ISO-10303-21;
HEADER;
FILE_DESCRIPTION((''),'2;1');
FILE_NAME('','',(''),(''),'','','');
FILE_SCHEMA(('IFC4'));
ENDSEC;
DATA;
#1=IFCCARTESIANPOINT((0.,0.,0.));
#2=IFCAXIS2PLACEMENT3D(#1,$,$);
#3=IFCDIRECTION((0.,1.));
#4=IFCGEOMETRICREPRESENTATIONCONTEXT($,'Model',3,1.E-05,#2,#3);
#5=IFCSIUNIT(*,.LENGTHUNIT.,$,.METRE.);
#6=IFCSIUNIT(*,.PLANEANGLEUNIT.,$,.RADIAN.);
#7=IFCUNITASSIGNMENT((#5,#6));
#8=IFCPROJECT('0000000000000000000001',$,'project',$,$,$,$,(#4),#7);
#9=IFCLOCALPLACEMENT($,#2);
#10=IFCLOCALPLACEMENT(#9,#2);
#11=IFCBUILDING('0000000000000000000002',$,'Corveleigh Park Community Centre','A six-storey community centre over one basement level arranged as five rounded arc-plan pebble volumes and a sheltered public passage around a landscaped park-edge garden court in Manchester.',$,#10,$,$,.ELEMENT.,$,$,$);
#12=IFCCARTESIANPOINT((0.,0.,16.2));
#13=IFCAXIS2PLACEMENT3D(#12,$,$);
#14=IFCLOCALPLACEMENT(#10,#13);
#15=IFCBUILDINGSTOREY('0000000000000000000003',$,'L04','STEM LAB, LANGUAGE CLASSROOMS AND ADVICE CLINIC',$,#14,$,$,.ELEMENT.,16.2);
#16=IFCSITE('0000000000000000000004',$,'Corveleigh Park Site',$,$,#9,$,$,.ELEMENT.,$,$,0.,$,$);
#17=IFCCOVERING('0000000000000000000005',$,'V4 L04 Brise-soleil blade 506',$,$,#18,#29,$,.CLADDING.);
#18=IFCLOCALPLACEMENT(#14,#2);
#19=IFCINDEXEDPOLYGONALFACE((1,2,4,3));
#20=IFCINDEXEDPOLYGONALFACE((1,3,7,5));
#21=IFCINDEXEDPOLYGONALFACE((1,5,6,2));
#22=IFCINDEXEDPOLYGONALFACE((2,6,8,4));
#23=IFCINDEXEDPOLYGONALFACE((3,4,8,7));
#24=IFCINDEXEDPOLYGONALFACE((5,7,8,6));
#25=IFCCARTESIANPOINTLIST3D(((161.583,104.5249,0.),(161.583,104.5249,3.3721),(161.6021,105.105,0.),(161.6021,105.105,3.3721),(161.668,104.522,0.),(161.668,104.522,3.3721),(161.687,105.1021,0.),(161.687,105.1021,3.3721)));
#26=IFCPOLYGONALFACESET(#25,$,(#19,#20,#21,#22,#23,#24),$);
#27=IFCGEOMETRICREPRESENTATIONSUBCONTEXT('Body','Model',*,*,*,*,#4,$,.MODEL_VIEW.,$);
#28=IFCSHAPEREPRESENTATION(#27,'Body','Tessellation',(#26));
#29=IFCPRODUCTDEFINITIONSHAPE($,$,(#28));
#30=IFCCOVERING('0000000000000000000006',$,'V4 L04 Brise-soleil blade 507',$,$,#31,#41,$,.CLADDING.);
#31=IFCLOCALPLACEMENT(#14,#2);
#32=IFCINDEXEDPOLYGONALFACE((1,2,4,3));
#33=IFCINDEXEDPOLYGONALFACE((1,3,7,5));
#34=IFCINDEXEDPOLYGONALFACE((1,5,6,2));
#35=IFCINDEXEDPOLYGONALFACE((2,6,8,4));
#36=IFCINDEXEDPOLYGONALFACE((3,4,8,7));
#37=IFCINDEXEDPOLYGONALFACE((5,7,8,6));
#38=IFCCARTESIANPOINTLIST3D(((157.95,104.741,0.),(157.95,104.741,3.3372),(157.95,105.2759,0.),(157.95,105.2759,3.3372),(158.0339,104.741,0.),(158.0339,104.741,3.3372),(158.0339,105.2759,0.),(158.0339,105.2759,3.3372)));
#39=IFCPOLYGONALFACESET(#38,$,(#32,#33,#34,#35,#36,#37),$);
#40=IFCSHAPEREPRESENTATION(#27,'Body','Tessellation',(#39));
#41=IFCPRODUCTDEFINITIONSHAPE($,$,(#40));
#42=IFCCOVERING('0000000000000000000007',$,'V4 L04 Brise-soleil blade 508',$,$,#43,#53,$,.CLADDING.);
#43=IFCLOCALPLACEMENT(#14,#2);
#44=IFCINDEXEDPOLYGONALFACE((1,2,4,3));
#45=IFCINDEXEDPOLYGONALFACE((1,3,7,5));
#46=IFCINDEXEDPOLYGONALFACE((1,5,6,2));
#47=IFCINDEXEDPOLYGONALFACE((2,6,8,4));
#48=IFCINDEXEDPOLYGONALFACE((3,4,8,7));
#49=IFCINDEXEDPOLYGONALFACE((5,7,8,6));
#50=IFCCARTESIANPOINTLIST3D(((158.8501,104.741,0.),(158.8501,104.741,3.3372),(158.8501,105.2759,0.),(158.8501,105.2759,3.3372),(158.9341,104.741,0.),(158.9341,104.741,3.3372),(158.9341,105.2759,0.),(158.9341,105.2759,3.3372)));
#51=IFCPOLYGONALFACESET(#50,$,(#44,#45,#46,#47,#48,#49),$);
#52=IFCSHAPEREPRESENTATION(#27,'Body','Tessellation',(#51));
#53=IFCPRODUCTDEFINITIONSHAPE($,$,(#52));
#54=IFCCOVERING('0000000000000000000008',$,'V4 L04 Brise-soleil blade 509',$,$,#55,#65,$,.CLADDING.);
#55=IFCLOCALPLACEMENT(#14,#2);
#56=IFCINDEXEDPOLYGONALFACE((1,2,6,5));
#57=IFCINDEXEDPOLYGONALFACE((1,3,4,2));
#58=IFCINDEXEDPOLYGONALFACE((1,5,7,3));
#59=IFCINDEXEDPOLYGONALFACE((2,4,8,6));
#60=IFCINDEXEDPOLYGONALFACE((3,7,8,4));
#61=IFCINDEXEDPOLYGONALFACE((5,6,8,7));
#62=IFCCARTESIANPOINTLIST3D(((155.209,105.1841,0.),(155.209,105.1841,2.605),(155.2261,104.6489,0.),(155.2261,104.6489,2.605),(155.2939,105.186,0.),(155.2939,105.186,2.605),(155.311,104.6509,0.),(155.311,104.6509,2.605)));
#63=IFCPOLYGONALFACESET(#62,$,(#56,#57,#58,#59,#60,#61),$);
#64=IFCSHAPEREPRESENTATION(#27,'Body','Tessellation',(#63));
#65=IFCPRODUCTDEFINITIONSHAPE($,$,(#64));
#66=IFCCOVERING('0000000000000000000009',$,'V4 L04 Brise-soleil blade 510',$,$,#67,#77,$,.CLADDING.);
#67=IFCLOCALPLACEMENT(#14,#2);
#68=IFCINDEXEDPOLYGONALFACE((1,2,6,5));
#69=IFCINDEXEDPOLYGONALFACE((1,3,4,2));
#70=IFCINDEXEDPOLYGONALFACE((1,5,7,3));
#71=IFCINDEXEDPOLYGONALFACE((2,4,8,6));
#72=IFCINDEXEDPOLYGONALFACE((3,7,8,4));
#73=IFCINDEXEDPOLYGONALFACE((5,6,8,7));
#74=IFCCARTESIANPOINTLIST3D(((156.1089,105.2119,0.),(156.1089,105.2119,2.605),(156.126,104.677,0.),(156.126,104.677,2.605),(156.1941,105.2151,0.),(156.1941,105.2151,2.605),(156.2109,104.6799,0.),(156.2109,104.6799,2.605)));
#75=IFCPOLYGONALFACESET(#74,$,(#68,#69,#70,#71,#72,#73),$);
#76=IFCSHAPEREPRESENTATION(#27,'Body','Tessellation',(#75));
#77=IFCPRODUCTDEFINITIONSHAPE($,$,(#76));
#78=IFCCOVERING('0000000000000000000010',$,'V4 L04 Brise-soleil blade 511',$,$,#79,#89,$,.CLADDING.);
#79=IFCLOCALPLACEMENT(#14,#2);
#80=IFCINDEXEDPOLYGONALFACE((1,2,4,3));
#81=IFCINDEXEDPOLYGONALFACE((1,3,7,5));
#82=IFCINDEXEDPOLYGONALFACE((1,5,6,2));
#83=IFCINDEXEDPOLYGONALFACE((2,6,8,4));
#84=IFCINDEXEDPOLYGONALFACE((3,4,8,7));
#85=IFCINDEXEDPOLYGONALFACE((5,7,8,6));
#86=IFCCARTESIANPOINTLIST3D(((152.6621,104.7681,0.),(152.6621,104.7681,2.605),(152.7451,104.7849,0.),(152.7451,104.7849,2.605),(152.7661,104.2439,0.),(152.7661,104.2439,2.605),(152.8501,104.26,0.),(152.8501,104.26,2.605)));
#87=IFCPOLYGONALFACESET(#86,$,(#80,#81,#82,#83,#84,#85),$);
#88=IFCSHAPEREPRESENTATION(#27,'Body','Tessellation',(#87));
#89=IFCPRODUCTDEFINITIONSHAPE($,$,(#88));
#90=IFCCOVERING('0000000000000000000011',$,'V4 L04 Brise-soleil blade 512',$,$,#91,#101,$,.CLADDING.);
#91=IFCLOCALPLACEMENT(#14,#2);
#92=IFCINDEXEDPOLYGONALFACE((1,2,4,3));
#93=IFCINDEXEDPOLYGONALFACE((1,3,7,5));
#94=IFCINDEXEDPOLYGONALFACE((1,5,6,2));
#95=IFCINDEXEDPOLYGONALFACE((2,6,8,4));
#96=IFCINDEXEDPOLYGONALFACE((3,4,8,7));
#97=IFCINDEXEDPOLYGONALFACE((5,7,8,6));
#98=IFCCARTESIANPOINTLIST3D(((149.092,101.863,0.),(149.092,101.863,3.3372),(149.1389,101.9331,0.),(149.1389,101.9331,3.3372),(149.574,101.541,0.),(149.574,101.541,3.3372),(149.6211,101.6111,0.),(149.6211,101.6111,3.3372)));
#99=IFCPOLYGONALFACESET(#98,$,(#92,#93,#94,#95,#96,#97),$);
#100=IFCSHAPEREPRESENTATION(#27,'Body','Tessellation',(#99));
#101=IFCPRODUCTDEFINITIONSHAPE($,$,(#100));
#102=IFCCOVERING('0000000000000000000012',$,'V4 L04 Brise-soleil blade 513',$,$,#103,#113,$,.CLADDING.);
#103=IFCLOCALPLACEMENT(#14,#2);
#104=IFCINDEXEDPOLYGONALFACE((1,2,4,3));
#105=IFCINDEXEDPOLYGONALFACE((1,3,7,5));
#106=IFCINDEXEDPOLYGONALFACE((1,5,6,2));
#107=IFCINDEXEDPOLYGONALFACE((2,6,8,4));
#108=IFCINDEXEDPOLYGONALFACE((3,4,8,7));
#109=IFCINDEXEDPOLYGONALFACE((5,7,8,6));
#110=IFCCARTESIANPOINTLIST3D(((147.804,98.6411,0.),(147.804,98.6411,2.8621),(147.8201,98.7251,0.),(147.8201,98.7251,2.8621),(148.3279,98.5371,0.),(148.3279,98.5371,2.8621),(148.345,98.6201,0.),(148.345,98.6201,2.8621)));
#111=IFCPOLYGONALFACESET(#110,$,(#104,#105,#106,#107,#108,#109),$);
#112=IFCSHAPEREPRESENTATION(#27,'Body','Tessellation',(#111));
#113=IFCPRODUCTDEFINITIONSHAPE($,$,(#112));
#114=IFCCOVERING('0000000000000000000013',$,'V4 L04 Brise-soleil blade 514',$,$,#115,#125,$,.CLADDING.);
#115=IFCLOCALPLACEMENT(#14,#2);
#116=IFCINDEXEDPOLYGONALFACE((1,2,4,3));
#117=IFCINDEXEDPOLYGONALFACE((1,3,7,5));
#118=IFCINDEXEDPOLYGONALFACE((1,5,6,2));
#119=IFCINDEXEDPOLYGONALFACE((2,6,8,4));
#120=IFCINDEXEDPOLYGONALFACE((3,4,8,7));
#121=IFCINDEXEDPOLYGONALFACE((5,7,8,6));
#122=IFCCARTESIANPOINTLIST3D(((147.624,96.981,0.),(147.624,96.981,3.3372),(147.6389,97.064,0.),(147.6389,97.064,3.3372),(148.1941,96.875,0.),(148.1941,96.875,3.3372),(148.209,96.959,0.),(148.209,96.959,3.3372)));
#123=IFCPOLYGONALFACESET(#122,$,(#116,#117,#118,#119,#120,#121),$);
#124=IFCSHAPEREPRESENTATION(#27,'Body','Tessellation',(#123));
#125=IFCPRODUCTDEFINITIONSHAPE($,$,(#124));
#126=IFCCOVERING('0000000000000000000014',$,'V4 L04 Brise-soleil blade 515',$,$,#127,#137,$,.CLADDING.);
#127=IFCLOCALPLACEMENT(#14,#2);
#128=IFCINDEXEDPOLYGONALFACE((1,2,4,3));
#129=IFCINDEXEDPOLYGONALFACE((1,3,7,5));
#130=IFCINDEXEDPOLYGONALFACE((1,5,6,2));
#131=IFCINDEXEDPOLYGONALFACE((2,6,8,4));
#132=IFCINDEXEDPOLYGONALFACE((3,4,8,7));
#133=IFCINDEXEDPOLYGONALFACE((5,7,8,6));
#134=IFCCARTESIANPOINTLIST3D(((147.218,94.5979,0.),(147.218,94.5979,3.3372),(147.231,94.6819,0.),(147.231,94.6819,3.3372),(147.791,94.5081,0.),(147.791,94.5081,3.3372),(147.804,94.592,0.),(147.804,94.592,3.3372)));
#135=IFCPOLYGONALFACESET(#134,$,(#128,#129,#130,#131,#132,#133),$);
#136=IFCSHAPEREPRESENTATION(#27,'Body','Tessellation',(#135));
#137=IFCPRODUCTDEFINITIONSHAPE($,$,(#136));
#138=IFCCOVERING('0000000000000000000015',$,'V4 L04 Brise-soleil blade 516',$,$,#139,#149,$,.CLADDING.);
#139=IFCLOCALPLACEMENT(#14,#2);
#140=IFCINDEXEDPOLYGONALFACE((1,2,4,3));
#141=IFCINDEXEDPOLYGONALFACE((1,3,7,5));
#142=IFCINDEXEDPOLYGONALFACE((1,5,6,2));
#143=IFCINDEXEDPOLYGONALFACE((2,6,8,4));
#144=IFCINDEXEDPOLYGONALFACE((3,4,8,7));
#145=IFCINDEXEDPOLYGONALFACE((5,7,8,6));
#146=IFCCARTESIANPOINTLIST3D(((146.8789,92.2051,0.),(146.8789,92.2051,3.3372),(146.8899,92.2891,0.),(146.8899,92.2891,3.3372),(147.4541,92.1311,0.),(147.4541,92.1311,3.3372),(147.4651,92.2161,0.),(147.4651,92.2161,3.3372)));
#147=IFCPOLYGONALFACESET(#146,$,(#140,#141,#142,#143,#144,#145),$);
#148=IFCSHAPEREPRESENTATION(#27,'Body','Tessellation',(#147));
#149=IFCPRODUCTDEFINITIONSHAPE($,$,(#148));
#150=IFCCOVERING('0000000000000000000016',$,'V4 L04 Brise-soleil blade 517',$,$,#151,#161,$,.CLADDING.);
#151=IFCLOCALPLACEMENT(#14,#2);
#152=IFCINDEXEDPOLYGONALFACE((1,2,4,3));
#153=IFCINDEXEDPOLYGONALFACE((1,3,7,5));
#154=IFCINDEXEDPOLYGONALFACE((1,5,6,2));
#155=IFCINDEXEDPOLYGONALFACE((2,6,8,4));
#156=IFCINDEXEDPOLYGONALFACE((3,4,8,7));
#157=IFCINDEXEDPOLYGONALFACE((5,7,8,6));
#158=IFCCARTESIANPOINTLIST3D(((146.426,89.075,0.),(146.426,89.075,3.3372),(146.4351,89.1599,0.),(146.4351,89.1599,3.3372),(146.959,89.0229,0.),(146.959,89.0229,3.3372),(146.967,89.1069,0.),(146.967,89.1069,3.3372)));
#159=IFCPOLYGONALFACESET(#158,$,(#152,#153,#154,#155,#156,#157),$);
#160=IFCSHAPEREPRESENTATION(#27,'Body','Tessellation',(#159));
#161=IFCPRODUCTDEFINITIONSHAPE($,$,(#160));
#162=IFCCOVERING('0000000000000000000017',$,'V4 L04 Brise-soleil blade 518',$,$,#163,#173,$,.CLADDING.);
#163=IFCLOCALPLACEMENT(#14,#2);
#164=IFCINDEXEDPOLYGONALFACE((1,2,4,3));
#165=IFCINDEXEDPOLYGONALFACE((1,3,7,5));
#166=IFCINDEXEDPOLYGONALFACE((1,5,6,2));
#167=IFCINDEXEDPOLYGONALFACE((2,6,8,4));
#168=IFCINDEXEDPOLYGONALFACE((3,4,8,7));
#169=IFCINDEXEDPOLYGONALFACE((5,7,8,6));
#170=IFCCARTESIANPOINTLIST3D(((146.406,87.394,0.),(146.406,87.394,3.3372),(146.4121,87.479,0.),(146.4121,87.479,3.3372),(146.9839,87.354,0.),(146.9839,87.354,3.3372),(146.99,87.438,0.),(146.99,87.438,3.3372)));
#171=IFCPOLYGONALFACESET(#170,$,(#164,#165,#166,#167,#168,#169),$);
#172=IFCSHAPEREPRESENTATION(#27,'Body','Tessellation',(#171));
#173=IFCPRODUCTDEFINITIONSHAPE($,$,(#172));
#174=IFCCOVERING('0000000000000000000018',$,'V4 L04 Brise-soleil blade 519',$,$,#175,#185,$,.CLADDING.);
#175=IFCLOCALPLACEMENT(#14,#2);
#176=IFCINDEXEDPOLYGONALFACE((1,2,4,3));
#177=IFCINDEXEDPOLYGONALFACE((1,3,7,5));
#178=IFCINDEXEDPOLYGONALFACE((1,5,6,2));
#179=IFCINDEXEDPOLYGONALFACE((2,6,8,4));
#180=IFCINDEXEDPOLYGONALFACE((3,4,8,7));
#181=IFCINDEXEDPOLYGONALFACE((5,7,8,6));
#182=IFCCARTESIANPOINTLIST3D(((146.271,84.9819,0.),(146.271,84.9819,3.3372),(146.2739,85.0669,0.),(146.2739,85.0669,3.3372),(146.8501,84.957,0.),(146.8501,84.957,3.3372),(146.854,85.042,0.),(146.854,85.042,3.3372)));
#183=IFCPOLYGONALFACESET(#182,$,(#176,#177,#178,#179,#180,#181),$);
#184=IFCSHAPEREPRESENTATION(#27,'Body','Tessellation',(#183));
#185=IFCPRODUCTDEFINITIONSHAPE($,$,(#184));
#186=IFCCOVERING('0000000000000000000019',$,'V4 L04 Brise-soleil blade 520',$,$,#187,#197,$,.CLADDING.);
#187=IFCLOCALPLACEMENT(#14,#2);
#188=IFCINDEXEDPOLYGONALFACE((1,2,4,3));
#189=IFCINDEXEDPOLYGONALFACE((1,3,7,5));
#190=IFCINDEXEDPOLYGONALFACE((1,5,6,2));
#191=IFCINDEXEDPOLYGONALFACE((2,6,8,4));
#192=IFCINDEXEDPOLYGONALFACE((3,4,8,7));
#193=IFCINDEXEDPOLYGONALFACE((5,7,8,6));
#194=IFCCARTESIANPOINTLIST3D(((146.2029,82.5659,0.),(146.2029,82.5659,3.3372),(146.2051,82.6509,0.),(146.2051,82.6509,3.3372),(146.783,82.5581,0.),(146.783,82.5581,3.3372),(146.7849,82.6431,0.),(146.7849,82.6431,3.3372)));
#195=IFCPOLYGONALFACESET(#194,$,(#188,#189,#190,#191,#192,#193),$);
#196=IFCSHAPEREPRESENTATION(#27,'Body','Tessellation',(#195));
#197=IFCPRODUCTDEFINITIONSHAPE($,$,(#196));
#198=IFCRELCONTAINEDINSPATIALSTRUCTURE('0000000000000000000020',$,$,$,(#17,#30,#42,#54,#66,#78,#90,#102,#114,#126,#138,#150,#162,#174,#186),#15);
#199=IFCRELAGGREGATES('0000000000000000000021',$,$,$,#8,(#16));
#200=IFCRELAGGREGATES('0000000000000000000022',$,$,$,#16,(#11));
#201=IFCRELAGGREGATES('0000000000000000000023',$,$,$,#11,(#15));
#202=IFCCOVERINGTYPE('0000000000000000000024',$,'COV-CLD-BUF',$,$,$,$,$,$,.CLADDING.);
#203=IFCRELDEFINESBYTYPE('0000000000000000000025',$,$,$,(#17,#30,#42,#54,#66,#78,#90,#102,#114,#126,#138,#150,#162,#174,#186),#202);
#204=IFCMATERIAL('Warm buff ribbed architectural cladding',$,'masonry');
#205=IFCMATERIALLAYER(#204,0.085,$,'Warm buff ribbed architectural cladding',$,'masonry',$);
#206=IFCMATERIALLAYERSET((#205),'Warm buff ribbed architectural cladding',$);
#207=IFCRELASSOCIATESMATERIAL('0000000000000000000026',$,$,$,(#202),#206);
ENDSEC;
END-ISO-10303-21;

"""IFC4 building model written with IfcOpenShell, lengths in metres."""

from ifc_helpers import new_model, si_unit, direction, frame, origin, place, context, subcontext, project, spatial, polyline, outline, extrude, material, layer, layer_set, type_object, element, save


model = new_model("IFC4")

# Units and contexts
model_context = context("Model", 3, precision=1e-05, world=origin(), true_north=direction((0.0, 1.0)))
body_context = subcontext(model_context, "Body", "Model", "MODEL_VIEW")
ifc_project = project(units=[si_unit("LENGTHUNIT", "METRE"), si_unit("PLANEANGLEUNIT", "RADIAN")], contexts=[model_context])

# Site, building, storey
site_placement = place(None, origin())
site = spatial("IfcSite", under=ifc_project, at=site_placement, Name="Corveleigh Park Site", CompositionType="ELEMENT", RefElevation=0.0)
building_placement = place(site_placement, origin())
building = spatial("IfcBuilding", under=site, at=building_placement, Name="Corveleigh Park Community Centre", Description="A six-storey community centre over one basement level arranged as five rounded arc-plan pebble volumes and a sheltered public passage around a landscaped park-edge garden court in Manchester.", CompositionType="ELEMENT")
storey_placement = place(building_placement, frame((0.0, 0.0, 16.2)))
storey = spatial("IfcBuildingStorey", under=building, at=storey_placement, Name="L04", Description="STEM LAB, LANGUAGE CLASSROOMS AND ADVICE CLINIC", CompositionType="ELEMENT", Elevation=16.2)

# Coverings
ifc_material_1 = material(Name="Warm buff ribbed architectural cladding", Category="masonry")
ifc_layer_1 = layer(ifc_material_1, 0.085, Name="Warm buff ribbed architectural cladding", Category="masonry")
ifc_layer_set_1 = layer_set([ifc_layer_1], Name="Warm buff ribbed architectural cladding")
covering_type_1 = type_object("IfcCoveringType", Name="COV-CLD-BUF", PredefinedType="CLADDING", material=ifc_layer_set_1)
covering_1_placement = place(storey_placement, origin())
element("IfcCovering", 1, at=covering_1_placement, inside=storey, type_object=covering_type_1, Name="V4 L04 Brise-soleil blade 506", PredefinedType="CLADDING", context=body_context, shape_type="SweptSolid", body=[
    extrude(outline(polyline([(161.583, 104.5249), (161.668, 104.522), (161.687, 105.1021), (161.6021, 105.105), (161.583, 104.5249)])), origin(), (0.0, 0.0, 1.0), 3.3721),
])
covering_2_placement = place(storey_placement, origin())
element("IfcCovering", 2, at=covering_2_placement, inside=storey, type_object=covering_type_1, Name="V4 L04 Brise-soleil blade 507", PredefinedType="CLADDING", context=body_context, shape_type="SweptSolid", body=[
    extrude(outline(polyline([(157.95, 104.741), (158.0339, 104.741), (158.0339, 105.2759), (157.95, 105.2759), (157.95, 104.741)])), origin(), (0.0, 0.0, 1.0), 3.3372),
])
covering_3_placement = place(storey_placement, origin())
element("IfcCovering", 3, at=covering_3_placement, inside=storey, type_object=covering_type_1, Name="V4 L04 Brise-soleil blade 508", PredefinedType="CLADDING", context=body_context, shape_type="SweptSolid", body=[
    extrude(outline(polyline([(158.8501, 104.741), (158.9341, 104.741), (158.9341, 105.2759), (158.8501, 105.2759), (158.8501, 104.741)])), origin(), (0.0, 0.0, 1.0), 3.3372),
])
covering_4_placement = place(storey_placement, origin())
element("IfcCovering", 4, at=covering_4_placement, inside=storey, type_object=covering_type_1, Name="V4 L04 Brise-soleil blade 509", PredefinedType="CLADDING", context=body_context, shape_type="SweptSolid", body=[
    extrude(outline(polyline([(155.2261, 104.6489), (155.311, 104.6509), (155.2939, 105.186), (155.209, 105.1841), (155.2261, 104.6489)])), origin(), (0.0, 0.0, 1.0), 2.605),
])
covering_5_placement = place(storey_placement, origin())
element("IfcCovering", 5, at=covering_5_placement, inside=storey, type_object=covering_type_1, Name="V4 L04 Brise-soleil blade 510", PredefinedType="CLADDING", context=body_context, shape_type="SweptSolid", body=[
    extrude(outline(polyline([(156.126, 104.677), (156.2109, 104.6799), (156.1941, 105.2151), (156.1089, 105.2119), (156.126, 104.677)])), origin(), (0.0, 0.0, 1.0), 2.605),
])
covering_6_placement = place(storey_placement, origin())
element("IfcCovering", 6, at=covering_6_placement, inside=storey, type_object=covering_type_1, Name="V4 L04 Brise-soleil blade 511", PredefinedType="CLADDING", context=body_context, shape_type="SweptSolid", body=[
    extrude(outline(polyline([(152.7661, 104.2439), (152.8501, 104.26), (152.7451, 104.7849), (152.6621, 104.7681), (152.7661, 104.2439)])), origin(), (0.0, 0.0, 1.0), 2.605),
])
covering_7_placement = place(storey_placement, origin())
element("IfcCovering", 7, at=covering_7_placement, inside=storey, type_object=covering_type_1, Name="V4 L04 Brise-soleil blade 512", PredefinedType="CLADDING", context=body_context, shape_type="SweptSolid", body=[
    extrude(outline(polyline([(149.574, 101.541), (149.6211, 101.6111), (149.1389, 101.9331), (149.092, 101.863), (149.574, 101.541)])), origin(), (0.0, 0.0, 1.0), 3.3372),
])
covering_8_placement = place(storey_placement, origin())
element("IfcCovering", 8, at=covering_8_placement, inside=storey, type_object=covering_type_1, Name="V4 L04 Brise-soleil blade 513", PredefinedType="CLADDING", context=body_context, shape_type="SweptSolid", body=[
    extrude(outline(polyline([(148.3279, 98.5371), (148.345, 98.6201), (147.8201, 98.7251), (147.804, 98.6411), (148.3279, 98.5371)])), origin(), (0.0, 0.0, 1.0), 2.8621),
])
covering_9_placement = place(storey_placement, origin())
element("IfcCovering", 9, at=covering_9_placement, inside=storey, type_object=covering_type_1, Name="V4 L04 Brise-soleil blade 514", PredefinedType="CLADDING", context=body_context, shape_type="SweptSolid", body=[
    extrude(outline(polyline([(148.1941, 96.875), (148.209, 96.959), (147.6389, 97.064), (147.624, 96.981), (148.1941, 96.875)])), origin(), (0.0, 0.0, 1.0), 3.3372),
])
covering_10_placement = place(storey_placement, origin())
element("IfcCovering", 10, at=covering_10_placement, inside=storey, type_object=covering_type_1, Name="V4 L04 Brise-soleil blade 515", PredefinedType="CLADDING", context=body_context, shape_type="SweptSolid", body=[
    extrude(outline(polyline([(147.791, 94.5081), (147.804, 94.592), (147.231, 94.6819), (147.218, 94.5979), (147.791, 94.5081)])), origin(), (0.0, 0.0, 1.0), 3.3372),
])
covering_11_placement = place(storey_placement, origin())
element("IfcCovering", 11, at=covering_11_placement, inside=storey, type_object=covering_type_1, Name="V4 L04 Brise-soleil blade 516", PredefinedType="CLADDING", context=body_context, shape_type="SweptSolid", body=[
    extrude(outline(polyline([(147.4541, 92.1311), (147.4651, 92.2161), (146.8899, 92.2891), (146.8789, 92.2051), (147.4541, 92.1311)])), origin(), (0.0, 0.0, 1.0), 3.3372),
])
covering_12_placement = place(storey_placement, origin())
element("IfcCovering", 12, at=covering_12_placement, inside=storey, type_object=covering_type_1, Name="V4 L04 Brise-soleil blade 517", PredefinedType="CLADDING", context=body_context, shape_type="SweptSolid", body=[
    extrude(outline(polyline([(146.959, 89.0229), (146.967, 89.1069), (146.4351, 89.1599), (146.426, 89.075), (146.959, 89.0229)])), origin(), (0.0, 0.0, 1.0), 3.3372),
])
covering_13_placement = place(storey_placement, origin())
element("IfcCovering", 13, at=covering_13_placement, inside=storey, type_object=covering_type_1, Name="V4 L04 Brise-soleil blade 518", PredefinedType="CLADDING", context=body_context, shape_type="SweptSolid", body=[
    extrude(outline(polyline([(146.9839, 87.354), (146.99, 87.438), (146.4121, 87.479), (146.406, 87.394), (146.9839, 87.354)])), origin(), (0.0, 0.0, 1.0), 3.3372),
])
covering_14_placement = place(storey_placement, origin())
element("IfcCovering", 14, at=covering_14_placement, inside=storey, type_object=covering_type_1, Name="V4 L04 Brise-soleil blade 519", PredefinedType="CLADDING", context=body_context, shape_type="SweptSolid", body=[
    extrude(outline(polyline([(146.8501, 84.957), (146.854, 85.042), (146.2739, 85.0669), (146.271, 84.9819), (146.8501, 84.957)])), origin(), (0.0, 0.0, 1.0), 3.3372),
])
covering_15_placement = place(storey_placement, origin())
element("IfcCovering", 15, at=covering_15_placement, inside=storey, type_object=covering_type_1, Name="V4 L04 Brise-soleil blade 520", PredefinedType="CLADDING", context=body_context, shape_type="SweptSolid", body=[
    extrude(outline(polyline([(146.783, 82.5581), (146.7849, 82.6431), (146.2051, 82.6509), (146.2029, 82.5659), (146.783, 82.5581)])), origin(), (0.0, 0.0, 1.0), 3.3372),
])

save(model, "model.ifc")
